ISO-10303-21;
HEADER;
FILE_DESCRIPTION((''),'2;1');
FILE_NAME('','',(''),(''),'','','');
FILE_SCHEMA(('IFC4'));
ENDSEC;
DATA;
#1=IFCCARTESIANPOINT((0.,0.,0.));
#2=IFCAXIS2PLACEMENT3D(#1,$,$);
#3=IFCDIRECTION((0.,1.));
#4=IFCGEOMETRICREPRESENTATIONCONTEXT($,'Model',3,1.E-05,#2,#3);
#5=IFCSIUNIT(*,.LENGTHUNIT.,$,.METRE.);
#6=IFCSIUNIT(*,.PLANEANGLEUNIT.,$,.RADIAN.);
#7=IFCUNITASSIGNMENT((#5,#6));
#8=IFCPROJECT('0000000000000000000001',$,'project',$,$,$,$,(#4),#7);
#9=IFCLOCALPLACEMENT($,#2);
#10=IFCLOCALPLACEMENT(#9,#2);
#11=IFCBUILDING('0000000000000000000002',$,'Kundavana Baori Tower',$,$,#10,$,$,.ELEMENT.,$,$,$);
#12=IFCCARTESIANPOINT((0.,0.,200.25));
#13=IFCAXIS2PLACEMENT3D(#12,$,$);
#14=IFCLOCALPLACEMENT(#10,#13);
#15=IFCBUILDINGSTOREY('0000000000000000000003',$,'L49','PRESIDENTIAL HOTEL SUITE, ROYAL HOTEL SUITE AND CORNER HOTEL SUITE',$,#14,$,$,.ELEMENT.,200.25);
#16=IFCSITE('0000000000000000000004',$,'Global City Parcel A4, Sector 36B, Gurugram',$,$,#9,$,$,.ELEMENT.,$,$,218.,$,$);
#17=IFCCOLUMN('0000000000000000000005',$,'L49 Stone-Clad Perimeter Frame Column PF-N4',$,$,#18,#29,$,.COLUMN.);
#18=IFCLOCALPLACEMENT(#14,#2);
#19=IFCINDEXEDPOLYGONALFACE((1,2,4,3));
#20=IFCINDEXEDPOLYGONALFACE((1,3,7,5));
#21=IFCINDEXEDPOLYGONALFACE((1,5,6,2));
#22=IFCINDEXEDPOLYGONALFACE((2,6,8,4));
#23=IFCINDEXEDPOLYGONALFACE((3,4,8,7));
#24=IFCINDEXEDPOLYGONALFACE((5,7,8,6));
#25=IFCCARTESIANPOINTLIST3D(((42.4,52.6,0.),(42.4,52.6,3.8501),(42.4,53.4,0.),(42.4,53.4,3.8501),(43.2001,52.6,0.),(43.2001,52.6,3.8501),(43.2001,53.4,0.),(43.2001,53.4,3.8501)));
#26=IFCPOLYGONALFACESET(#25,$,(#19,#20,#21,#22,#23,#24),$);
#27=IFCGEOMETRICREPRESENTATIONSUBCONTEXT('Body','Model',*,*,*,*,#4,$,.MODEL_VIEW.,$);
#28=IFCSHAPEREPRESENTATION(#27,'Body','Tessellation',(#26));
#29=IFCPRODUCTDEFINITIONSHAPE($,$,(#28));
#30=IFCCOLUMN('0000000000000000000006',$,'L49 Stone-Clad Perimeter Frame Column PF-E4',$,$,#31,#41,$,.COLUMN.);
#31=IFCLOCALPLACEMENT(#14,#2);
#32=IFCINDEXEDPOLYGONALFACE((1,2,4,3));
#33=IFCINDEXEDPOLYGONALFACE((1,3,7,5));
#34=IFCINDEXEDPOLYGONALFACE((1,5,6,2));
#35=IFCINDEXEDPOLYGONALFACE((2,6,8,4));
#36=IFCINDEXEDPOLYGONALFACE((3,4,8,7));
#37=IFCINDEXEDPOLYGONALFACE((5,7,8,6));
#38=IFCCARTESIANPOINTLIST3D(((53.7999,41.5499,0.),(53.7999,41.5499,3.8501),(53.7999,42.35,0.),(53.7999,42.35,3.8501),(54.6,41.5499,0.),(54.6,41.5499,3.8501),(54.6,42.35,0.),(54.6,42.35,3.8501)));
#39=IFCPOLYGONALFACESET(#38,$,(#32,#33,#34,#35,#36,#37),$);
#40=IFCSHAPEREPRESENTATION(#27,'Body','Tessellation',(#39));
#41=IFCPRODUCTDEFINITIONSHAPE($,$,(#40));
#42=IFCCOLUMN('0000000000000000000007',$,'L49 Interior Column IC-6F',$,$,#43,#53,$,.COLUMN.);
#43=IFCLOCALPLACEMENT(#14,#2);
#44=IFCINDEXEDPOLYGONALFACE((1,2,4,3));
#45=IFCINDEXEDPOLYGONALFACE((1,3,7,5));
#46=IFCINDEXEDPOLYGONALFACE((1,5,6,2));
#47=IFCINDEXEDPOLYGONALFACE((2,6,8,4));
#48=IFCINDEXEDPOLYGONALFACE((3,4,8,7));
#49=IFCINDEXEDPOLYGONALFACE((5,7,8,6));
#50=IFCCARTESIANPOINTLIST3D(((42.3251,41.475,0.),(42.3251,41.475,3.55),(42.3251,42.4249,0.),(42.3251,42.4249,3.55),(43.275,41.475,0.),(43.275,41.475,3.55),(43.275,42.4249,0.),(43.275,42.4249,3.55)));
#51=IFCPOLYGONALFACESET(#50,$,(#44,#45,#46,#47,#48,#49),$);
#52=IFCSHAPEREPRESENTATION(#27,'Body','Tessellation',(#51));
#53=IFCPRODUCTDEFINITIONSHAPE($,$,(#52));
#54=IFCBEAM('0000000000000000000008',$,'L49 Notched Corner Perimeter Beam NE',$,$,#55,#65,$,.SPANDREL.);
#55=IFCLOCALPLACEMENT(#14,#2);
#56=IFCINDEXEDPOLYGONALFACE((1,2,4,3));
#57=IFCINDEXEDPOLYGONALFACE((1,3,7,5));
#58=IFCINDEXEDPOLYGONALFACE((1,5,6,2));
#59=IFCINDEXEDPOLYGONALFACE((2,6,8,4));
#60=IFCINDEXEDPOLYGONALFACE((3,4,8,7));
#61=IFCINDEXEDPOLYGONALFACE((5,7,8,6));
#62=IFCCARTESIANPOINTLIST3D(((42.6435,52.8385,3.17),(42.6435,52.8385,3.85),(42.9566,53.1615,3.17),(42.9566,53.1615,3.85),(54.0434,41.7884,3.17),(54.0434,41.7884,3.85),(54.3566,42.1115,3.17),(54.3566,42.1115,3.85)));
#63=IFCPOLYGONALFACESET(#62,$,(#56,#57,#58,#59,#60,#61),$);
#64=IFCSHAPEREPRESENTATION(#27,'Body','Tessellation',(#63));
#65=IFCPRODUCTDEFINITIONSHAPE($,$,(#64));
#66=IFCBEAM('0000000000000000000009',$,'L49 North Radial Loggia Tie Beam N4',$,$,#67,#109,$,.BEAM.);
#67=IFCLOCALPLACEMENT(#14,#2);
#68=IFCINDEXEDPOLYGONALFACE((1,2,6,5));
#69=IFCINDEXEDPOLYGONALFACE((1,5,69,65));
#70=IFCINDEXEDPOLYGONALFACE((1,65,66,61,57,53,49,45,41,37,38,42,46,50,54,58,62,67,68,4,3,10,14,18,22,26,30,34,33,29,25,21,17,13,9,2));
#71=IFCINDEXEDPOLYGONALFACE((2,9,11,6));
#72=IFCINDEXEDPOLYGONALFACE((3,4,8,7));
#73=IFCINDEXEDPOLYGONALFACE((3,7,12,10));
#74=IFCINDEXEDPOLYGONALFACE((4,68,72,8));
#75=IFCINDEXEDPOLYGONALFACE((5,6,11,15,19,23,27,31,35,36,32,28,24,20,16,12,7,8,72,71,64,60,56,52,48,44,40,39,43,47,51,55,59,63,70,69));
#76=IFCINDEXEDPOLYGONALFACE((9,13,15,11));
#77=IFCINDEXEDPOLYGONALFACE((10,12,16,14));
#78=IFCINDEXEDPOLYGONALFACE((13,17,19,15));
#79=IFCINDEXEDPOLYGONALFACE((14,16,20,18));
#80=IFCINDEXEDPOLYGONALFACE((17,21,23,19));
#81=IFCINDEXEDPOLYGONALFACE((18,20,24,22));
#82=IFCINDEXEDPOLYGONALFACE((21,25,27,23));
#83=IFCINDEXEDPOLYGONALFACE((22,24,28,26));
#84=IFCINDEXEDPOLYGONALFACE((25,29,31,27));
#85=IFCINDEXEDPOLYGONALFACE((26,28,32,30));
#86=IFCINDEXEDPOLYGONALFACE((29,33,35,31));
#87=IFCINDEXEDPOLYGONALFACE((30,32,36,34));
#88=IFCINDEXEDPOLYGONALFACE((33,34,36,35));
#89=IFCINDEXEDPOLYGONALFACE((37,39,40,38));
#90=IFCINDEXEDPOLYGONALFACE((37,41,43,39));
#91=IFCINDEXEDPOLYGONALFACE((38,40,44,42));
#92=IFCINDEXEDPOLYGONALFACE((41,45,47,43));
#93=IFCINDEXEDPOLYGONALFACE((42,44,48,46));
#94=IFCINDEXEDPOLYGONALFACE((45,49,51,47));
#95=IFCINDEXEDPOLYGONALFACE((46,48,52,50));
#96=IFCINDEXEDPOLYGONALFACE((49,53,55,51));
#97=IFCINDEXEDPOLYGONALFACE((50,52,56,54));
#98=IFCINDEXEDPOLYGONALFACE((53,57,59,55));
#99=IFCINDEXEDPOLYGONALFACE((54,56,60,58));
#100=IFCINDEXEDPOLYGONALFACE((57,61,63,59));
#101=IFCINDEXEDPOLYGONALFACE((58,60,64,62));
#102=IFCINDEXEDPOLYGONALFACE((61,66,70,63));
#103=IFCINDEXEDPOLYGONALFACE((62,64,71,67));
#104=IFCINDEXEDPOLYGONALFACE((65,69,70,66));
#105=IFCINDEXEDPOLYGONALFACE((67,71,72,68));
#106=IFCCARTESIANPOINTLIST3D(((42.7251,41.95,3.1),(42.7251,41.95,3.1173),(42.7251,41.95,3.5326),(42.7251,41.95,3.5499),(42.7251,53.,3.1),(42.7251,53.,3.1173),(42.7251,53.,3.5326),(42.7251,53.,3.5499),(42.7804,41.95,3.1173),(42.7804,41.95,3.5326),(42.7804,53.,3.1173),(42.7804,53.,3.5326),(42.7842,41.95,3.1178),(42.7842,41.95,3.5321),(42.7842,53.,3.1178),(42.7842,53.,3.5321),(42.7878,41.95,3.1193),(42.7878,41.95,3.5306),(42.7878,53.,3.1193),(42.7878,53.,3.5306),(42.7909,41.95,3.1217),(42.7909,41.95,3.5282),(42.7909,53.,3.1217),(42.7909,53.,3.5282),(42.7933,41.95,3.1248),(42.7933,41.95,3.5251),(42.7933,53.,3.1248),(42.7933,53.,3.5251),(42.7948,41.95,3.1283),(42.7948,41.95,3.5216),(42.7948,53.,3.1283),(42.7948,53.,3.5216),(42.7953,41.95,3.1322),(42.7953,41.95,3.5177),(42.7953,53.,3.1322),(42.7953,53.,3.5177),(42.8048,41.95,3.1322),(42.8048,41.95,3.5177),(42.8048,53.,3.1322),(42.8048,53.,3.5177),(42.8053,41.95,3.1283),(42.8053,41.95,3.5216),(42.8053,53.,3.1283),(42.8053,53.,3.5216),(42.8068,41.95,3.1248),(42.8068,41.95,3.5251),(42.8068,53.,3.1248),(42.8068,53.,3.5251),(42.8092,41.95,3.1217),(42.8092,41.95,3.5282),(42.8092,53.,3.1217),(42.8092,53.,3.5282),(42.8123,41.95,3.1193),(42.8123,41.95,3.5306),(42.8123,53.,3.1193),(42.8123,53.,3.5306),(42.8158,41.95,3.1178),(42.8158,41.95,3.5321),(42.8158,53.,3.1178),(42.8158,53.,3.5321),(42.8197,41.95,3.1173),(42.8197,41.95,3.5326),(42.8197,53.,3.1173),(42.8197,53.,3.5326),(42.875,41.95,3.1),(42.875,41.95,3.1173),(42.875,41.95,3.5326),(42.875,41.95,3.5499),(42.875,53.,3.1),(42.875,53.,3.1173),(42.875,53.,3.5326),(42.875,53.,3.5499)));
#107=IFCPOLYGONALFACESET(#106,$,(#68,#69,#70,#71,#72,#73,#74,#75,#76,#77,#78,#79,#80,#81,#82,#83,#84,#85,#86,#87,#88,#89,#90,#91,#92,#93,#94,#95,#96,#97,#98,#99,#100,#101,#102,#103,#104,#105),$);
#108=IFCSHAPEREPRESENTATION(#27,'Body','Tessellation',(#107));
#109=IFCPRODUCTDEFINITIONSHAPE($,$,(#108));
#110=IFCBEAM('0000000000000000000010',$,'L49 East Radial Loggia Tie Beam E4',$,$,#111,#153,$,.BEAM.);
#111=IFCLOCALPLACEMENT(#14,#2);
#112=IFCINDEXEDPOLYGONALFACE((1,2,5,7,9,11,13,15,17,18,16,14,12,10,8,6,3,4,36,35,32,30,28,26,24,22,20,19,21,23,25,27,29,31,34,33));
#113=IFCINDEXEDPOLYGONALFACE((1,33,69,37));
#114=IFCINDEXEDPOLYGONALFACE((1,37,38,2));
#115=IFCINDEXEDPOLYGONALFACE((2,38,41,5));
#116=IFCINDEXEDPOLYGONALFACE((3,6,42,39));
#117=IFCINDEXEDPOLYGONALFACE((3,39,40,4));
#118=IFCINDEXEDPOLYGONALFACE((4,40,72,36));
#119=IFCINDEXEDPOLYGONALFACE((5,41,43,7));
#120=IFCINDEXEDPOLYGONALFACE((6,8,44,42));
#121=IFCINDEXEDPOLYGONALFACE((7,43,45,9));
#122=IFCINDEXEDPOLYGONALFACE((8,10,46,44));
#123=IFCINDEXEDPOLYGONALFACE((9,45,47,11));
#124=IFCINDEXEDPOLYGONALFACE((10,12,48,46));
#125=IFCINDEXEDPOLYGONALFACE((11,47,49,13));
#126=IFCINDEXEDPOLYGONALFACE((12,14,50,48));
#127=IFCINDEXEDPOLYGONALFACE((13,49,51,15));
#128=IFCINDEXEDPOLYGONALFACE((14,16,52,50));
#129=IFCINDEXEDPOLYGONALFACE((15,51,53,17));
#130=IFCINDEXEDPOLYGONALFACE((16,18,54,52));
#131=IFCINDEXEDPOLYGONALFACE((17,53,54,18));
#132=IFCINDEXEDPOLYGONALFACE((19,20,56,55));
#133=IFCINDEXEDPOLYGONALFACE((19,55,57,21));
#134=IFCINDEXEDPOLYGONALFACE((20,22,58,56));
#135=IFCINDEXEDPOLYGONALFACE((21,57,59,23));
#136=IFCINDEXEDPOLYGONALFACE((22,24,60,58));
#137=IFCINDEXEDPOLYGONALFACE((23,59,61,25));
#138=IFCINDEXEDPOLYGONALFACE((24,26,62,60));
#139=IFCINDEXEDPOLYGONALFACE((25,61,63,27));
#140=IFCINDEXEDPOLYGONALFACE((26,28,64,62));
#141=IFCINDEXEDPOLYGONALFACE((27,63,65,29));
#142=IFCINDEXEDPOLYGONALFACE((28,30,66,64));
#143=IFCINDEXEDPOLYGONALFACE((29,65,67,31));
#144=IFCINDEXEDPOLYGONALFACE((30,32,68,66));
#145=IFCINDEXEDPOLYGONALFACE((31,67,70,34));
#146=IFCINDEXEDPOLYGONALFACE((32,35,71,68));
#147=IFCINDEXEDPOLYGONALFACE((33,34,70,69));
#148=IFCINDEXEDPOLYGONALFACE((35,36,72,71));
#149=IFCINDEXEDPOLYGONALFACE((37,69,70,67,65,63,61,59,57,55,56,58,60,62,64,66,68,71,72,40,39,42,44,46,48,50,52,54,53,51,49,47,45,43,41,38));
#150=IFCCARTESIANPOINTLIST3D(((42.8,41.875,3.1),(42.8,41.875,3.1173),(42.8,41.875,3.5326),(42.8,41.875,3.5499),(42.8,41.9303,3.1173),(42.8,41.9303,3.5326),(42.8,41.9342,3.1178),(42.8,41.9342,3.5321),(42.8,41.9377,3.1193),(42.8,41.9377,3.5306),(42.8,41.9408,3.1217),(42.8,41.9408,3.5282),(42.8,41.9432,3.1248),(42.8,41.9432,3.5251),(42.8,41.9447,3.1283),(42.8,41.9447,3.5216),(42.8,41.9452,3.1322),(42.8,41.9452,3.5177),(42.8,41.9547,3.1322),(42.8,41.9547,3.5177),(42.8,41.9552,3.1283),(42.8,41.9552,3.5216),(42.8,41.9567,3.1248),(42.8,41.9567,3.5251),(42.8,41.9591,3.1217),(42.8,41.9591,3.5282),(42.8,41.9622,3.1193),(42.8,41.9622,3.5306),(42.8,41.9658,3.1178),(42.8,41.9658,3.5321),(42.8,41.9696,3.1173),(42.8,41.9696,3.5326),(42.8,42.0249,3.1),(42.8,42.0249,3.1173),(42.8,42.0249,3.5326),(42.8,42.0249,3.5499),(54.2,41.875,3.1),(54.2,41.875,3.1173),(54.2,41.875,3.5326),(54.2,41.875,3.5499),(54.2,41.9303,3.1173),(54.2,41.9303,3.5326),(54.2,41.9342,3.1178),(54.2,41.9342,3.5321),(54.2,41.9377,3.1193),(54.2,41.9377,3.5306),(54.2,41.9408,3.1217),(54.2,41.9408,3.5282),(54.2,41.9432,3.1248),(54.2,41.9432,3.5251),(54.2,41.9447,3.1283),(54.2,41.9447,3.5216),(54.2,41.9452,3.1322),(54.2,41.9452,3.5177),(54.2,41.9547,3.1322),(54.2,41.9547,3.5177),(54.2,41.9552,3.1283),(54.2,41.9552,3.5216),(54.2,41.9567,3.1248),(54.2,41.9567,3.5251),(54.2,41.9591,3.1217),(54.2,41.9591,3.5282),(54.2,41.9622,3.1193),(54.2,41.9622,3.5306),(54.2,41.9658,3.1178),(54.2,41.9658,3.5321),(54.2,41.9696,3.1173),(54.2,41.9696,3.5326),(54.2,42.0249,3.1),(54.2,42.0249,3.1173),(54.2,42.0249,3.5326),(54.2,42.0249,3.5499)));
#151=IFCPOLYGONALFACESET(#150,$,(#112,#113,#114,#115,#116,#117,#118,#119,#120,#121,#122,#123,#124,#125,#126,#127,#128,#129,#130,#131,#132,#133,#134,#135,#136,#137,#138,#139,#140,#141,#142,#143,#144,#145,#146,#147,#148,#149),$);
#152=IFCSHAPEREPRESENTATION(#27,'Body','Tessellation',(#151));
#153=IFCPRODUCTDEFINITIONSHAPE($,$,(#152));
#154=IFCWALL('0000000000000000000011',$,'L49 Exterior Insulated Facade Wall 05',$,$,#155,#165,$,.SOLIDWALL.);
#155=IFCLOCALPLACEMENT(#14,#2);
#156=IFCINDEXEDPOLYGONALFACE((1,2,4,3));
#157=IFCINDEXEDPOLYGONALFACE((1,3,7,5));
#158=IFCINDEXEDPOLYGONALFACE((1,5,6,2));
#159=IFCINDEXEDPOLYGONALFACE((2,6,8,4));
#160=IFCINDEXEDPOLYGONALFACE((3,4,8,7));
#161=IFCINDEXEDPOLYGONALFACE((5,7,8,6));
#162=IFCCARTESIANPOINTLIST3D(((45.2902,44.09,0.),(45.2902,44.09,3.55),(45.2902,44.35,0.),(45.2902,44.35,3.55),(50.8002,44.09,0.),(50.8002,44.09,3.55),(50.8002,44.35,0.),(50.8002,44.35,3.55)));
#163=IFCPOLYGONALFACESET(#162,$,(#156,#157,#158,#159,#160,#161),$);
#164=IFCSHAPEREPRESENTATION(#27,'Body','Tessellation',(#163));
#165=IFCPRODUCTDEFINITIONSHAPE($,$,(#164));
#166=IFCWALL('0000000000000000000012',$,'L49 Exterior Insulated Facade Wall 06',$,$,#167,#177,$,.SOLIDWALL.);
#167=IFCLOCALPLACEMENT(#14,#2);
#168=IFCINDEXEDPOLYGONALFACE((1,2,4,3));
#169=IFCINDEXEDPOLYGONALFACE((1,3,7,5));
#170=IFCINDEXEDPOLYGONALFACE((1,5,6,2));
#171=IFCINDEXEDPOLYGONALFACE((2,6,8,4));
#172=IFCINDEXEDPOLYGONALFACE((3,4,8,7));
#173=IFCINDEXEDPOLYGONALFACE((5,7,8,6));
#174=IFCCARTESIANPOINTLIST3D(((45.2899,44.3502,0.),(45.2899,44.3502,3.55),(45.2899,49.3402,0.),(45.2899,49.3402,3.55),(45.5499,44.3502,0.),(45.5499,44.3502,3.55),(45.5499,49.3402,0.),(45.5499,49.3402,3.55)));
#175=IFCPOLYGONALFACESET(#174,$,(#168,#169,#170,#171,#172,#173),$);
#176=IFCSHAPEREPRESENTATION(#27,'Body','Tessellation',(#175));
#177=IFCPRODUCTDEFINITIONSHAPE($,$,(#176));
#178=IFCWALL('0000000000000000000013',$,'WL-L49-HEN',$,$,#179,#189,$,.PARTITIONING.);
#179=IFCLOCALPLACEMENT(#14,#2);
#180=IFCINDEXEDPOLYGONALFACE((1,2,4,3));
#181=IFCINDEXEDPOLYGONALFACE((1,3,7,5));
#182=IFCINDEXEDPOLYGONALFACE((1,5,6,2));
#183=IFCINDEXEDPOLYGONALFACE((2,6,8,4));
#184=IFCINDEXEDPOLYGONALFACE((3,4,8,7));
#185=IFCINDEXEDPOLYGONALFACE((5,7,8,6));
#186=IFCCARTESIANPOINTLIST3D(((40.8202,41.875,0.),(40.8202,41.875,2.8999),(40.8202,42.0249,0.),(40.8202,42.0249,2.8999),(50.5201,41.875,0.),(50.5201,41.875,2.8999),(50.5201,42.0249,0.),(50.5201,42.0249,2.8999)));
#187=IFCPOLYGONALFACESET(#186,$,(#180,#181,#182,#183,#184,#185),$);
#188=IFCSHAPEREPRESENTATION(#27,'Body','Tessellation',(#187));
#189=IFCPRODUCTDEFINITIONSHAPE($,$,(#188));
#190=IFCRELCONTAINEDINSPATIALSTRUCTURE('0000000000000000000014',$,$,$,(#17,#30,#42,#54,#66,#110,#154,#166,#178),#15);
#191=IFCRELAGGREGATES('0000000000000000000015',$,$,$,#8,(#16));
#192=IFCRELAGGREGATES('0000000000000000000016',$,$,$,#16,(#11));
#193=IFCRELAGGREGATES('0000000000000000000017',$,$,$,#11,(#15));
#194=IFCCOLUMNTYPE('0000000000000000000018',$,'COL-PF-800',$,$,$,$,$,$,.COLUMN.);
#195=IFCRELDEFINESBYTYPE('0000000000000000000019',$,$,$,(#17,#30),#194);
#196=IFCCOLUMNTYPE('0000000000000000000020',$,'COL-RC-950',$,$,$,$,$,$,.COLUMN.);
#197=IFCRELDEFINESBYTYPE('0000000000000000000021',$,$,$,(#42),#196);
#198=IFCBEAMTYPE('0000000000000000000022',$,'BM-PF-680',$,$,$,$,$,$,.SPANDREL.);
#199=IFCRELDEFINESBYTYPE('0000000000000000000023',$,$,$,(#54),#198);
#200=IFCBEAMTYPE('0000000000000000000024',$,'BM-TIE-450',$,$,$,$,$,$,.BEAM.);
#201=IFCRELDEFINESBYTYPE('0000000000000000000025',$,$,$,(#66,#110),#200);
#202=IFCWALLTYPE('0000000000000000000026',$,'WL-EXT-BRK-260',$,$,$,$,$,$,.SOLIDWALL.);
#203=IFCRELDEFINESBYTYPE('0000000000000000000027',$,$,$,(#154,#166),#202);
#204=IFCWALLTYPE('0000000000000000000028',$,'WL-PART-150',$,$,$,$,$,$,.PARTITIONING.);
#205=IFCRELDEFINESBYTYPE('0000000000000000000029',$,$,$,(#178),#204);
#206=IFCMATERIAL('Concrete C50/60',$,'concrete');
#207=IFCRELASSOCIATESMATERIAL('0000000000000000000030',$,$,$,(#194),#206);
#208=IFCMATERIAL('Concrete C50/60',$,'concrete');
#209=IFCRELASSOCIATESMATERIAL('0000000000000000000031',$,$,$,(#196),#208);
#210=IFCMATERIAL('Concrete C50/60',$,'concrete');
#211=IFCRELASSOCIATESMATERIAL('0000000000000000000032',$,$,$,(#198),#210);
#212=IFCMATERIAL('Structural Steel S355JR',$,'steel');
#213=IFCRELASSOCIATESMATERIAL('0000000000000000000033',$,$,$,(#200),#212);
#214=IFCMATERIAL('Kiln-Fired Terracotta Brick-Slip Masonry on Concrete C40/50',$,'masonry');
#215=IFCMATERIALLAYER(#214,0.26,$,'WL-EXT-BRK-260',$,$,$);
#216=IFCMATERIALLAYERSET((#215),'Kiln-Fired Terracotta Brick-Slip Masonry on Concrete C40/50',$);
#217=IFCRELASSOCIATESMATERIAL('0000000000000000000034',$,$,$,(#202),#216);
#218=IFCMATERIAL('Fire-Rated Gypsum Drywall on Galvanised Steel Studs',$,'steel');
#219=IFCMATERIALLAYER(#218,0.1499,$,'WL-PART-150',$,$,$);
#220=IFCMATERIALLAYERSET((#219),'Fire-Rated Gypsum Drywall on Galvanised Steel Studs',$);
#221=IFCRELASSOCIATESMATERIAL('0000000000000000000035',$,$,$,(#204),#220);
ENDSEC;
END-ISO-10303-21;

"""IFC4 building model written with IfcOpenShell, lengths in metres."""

from ifc_helpers import new_model, si_unit, direction, frame, frame_2d, origin, origin_2d, place, context, subcontext, project, spatial, rectangle, i_section, extrude, material, layer, layer_set, material_profile, profile_set, type_object, element, save


model = new_model("IFC4")

# Units and contexts
model_context = context("Model", 3, precision=1e-05, world=origin(), true_north=direction((0.0, 1.0)))
body_context = subcontext(model_context, "Body", "Model", "MODEL_VIEW")
ifc_project = project(units=[si_unit("LENGTHUNIT", "METRE"), si_unit("PLANEANGLEUNIT", "RADIAN")], contexts=[model_context])

# Site, building, storey
site_placement = place(None, origin())
site = spatial("IfcSite", under=ifc_project, at=site_placement, Name="Global City Parcel A4, Sector 36B, Gurugram", CompositionType="ELEMENT", RefElevation=218.0)
building_placement = place(site_placement, origin())
building = spatial("IfcBuilding", under=site, at=building_placement, Name="Kundavana Baori Tower", CompositionType="ELEMENT")
storey_placement = place(building_placement, frame((0.0, 0.0, 200.25)))
storey = spatial("IfcBuildingStorey", under=building, at=storey_placement, Name="L49", Description="PRESIDENTIAL HOTEL SUITE, ROYAL HOTEL SUITE AND CORNER HOTEL SUITE", CompositionType="ELEMENT", Elevation=200.25)

# Columns
ifc_material_1 = material(Name="Concrete C50/60", Category="concrete")
ifc_material_profile_1 = material_profile(ifc_material_1, rectangle(XDim=0.8, YDim=0.8, at=origin_2d()), Name="RC PF 800x800")
ifc_profile_set_1 = profile_set([ifc_material_profile_1], Name="Concrete C50/60")
column_type_1 = type_object("IfcColumnType", Name="COL-PF-800", PredefinedType="COLUMN", material=ifc_profile_set_1)
for number, where, z_axis, x_axis, name in (
    (1, (42.8, 53.0, 0.0), (0.0, 0.0, 1.0), (1.0, 0.0, 0.0), "L49 Stone-Clad Perimeter Frame Column PF-N4"),
    (2, (54.2, 41.95, 0.0), (0.0, 0.0, 1.0), (1.0, 0.0, 0.0), "L49 Stone-Clad Perimeter Frame Column PF-E4"),
):
    element("IfcColumn", number, at=place(storey_placement, frame(where, z_axis=z_axis, x_axis=x_axis)), inside=storey, type_object=column_type_1, Name=name, PredefinedType="COLUMN", context=body_context, shape_type="SweptSolid", body=[
        extrude(rectangle(XDim=0.8, YDim=0.8, at=origin_2d()), origin(), (0.0, 0.0, 1.0), 3.8501),
    ])
ifc_material_2 = material(Name="Concrete C50/60", Category="concrete")
ifc_material_profile_2 = material_profile(ifc_material_2, rectangle(XDim=0.95, YDim=0.95, at=origin_2d()), Name="RC 950x950")
ifc_profile_set_2 = profile_set([ifc_material_profile_2], Name="Concrete C50/60")
column_type_2 = type_object("IfcColumnType", Name="COL-RC-950", PredefinedType="COLUMN", material=ifc_profile_set_2)
column_placement = place(storey_placement, frame((42.8, 41.95, 0.0), z_axis=(0.0, 0.0, 1.0), x_axis=(1.0, 0.0, 0.0)))
element("IfcColumn", 3, at=column_placement, inside=storey, type_object=column_type_2, Name="L49 Interior Column IC-6F", PredefinedType="COLUMN", context=body_context, shape_type="SweptSolid", body=[
    extrude(rectangle(XDim=0.95, YDim=0.95, at=origin_2d()), origin(), (0.0, 0.0, 1.0), 3.55),
])

# Beams
ifc_material_3 = material(Name="Concrete C50/60", Category="concrete")
ifc_material_profile_3 = material_profile(ifc_material_3, rectangle(XDim=0.45, YDim=0.6799, at=origin_2d()), Name="RC BM 450x680")
ifc_profile_set_3 = profile_set([ifc_material_profile_3], Name="Concrete C50/60")
beam_type_1 = type_object("IfcBeamType", Name="BM-PF-680", PredefinedType="SPANDREL", material=ifc_profile_set_3)
beam_1_placement = place(storey_placement, frame((42.8, 53.0, 3.51), z_axis=(0.718039, -0.696003, 0.0), x_axis=(0.696003, 0.718039, 0.0)))
element("IfcBeam", 4, at=beam_1_placement, inside=storey, type_object=beam_type_1, Name="L49 Notched Corner Perimeter Beam NE", PredefinedType="SPANDREL", context=body_context, shape_type="SweptSolid", body=[
    extrude(rectangle(XDim=0.45, YDim=0.6799, at=origin_2d()), origin(), (0.0, 0.0, 1.0), 15.8765),
])
ifc_material_4 = material(Name="Structural Steel S355JR", Category="steel")
ifc_material_profile_4 = material_profile(ifc_material_4, i_section(OverallWidth=0.1499, OverallDepth=0.45, WebThickness=0.0095, FlangeThickness=0.0173, FilletRadius=0.0149, at=origin_2d()), Name="ISMB 450")
ifc_profile_set_4 = profile_set([ifc_material_profile_4], Name="Structural Steel S355JR")
beam_type_2 = type_object("IfcBeamType", Name="BM-TIE-450", PredefinedType="BEAM", material=ifc_profile_set_4)
beam_2_placement = place(storey_placement, frame((42.8, 41.95, 3.325), z_axis=(0.0, 1.0, 0.0), x_axis=(-1.0, 0.0, 0.0)))
element("IfcBeam", 5, at=beam_2_placement, inside=storey, type_object=beam_type_2, Name="L49 North Radial Loggia Tie Beam N4", PredefinedType="BEAM", context=body_context, shape_type="SweptSolid", body=[
    extrude(i_section(OverallWidth=0.1499, OverallDepth=0.45, WebThickness=0.0095, FlangeThickness=0.0173, FilletRadius=0.0149, at=origin_2d()), origin(), (0.0, 0.0, 1.0), 11.05),
])
beam_3_placement = place(storey_placement, frame((42.8, 41.95, 3.325), z_axis=(1.0, 0.0, 0.0), x_axis=(0.0, 1.0, 0.0)))
element("IfcBeam", 6, at=beam_3_placement, inside=storey, type_object=beam_type_2, Name="L49 East Radial Loggia Tie Beam E4", PredefinedType="BEAM", context=body_context, shape_type="SweptSolid", body=[
    extrude(i_section(OverallWidth=0.1499, OverallDepth=0.45, WebThickness=0.0095, FlangeThickness=0.0173, FilletRadius=0.0149, at=origin_2d()), origin(), (0.0, 0.0, 1.0), 11.3999),
])

# Walls
ifc_material_5 = material(Name="Kiln-Fired Terracotta Brick-Slip Masonry on Concrete C40/50", Category="masonry")
ifc_layer_1 = layer(ifc_material_5, 0.26, Name="WL-EXT-BRK-260")
ifc_layer_set_1 = layer_set([ifc_layer_1], Name="Kiln-Fired Terracotta Brick-Slip Masonry on Concrete C40/50")
wall_type_1 = type_object("IfcWallType", Name="WL-EXT-BRK-260", PredefinedType="SOLIDWALL", material=ifc_layer_set_1)
wall_1_placement = place(storey_placement, frame((50.8, 44.22, 0.0), z_axis=(0.0, 0.0, 1.0), x_axis=(-1.0, 0.0, 0.0)))
element("IfcWall", 7, at=wall_1_placement, inside=storey, type_object=wall_type_1, Name="L49 Exterior Insulated Facade Wall 05", PredefinedType="SOLIDWALL", context=body_context, shape_type="SweptSolid", body=[
    extrude(rectangle(XDim=5.51, YDim=0.26, at=frame_2d((2.7549, 0.0))), origin(), (0.0, 0.0, 1.0), 3.55),
])
wall_2_placement = place(storey_placement, frame((45.4199, 44.3501, 0.0), z_axis=(0.0, 0.0, 1.0), x_axis=(0.0, 1.0, 0.0)))
element("IfcWall", 8, at=wall_2_placement, inside=storey, type_object=wall_type_1, Name="L49 Exterior Insulated Facade Wall 06", PredefinedType="SOLIDWALL", context=body_context, shape_type="SweptSolid", body=[
    extrude(rectangle(XDim=4.99, YDim=0.26, at=frame_2d((2.4951, 0.0))), origin(), (0.0, 0.0, 1.0), 3.55),
])

# Wall
ifc_material_6 = material(Name="Fire-Rated Gypsum Drywall on Galvanised Steel Studs", Category="steel")
ifc_layer_2 = layer(ifc_material_6, 0.1499, Name="WL-PART-150")
ifc_layer_set_2 = layer_set([ifc_layer_2], Name="Fire-Rated Gypsum Drywall on Galvanised Steel Studs")
wall_type_2 = type_object("IfcWallType", Name="WL-PART-150", PredefinedType="PARTITIONING", material=ifc_layer_set_2)
wall_3_placement = place(storey_placement, frame((40.8201, 41.95, 0.0), z_axis=(0.0, 0.0, 1.0), x_axis=(1.0, 0.0, 0.0)))
element("IfcWall", 9, at=wall_3_placement, inside=storey, type_object=wall_type_2, Name="WL-L49-HEN", PredefinedType="PARTITIONING", context=body_context, shape_type="SweptSolid", body=[
    extrude(rectangle(XDim=9.7, YDim=0.1499, at=frame_2d((4.8501, 0.0))), origin(), (0.0, 0.0, 1.0), 2.8999),
])

save(model, "model.ifc")
